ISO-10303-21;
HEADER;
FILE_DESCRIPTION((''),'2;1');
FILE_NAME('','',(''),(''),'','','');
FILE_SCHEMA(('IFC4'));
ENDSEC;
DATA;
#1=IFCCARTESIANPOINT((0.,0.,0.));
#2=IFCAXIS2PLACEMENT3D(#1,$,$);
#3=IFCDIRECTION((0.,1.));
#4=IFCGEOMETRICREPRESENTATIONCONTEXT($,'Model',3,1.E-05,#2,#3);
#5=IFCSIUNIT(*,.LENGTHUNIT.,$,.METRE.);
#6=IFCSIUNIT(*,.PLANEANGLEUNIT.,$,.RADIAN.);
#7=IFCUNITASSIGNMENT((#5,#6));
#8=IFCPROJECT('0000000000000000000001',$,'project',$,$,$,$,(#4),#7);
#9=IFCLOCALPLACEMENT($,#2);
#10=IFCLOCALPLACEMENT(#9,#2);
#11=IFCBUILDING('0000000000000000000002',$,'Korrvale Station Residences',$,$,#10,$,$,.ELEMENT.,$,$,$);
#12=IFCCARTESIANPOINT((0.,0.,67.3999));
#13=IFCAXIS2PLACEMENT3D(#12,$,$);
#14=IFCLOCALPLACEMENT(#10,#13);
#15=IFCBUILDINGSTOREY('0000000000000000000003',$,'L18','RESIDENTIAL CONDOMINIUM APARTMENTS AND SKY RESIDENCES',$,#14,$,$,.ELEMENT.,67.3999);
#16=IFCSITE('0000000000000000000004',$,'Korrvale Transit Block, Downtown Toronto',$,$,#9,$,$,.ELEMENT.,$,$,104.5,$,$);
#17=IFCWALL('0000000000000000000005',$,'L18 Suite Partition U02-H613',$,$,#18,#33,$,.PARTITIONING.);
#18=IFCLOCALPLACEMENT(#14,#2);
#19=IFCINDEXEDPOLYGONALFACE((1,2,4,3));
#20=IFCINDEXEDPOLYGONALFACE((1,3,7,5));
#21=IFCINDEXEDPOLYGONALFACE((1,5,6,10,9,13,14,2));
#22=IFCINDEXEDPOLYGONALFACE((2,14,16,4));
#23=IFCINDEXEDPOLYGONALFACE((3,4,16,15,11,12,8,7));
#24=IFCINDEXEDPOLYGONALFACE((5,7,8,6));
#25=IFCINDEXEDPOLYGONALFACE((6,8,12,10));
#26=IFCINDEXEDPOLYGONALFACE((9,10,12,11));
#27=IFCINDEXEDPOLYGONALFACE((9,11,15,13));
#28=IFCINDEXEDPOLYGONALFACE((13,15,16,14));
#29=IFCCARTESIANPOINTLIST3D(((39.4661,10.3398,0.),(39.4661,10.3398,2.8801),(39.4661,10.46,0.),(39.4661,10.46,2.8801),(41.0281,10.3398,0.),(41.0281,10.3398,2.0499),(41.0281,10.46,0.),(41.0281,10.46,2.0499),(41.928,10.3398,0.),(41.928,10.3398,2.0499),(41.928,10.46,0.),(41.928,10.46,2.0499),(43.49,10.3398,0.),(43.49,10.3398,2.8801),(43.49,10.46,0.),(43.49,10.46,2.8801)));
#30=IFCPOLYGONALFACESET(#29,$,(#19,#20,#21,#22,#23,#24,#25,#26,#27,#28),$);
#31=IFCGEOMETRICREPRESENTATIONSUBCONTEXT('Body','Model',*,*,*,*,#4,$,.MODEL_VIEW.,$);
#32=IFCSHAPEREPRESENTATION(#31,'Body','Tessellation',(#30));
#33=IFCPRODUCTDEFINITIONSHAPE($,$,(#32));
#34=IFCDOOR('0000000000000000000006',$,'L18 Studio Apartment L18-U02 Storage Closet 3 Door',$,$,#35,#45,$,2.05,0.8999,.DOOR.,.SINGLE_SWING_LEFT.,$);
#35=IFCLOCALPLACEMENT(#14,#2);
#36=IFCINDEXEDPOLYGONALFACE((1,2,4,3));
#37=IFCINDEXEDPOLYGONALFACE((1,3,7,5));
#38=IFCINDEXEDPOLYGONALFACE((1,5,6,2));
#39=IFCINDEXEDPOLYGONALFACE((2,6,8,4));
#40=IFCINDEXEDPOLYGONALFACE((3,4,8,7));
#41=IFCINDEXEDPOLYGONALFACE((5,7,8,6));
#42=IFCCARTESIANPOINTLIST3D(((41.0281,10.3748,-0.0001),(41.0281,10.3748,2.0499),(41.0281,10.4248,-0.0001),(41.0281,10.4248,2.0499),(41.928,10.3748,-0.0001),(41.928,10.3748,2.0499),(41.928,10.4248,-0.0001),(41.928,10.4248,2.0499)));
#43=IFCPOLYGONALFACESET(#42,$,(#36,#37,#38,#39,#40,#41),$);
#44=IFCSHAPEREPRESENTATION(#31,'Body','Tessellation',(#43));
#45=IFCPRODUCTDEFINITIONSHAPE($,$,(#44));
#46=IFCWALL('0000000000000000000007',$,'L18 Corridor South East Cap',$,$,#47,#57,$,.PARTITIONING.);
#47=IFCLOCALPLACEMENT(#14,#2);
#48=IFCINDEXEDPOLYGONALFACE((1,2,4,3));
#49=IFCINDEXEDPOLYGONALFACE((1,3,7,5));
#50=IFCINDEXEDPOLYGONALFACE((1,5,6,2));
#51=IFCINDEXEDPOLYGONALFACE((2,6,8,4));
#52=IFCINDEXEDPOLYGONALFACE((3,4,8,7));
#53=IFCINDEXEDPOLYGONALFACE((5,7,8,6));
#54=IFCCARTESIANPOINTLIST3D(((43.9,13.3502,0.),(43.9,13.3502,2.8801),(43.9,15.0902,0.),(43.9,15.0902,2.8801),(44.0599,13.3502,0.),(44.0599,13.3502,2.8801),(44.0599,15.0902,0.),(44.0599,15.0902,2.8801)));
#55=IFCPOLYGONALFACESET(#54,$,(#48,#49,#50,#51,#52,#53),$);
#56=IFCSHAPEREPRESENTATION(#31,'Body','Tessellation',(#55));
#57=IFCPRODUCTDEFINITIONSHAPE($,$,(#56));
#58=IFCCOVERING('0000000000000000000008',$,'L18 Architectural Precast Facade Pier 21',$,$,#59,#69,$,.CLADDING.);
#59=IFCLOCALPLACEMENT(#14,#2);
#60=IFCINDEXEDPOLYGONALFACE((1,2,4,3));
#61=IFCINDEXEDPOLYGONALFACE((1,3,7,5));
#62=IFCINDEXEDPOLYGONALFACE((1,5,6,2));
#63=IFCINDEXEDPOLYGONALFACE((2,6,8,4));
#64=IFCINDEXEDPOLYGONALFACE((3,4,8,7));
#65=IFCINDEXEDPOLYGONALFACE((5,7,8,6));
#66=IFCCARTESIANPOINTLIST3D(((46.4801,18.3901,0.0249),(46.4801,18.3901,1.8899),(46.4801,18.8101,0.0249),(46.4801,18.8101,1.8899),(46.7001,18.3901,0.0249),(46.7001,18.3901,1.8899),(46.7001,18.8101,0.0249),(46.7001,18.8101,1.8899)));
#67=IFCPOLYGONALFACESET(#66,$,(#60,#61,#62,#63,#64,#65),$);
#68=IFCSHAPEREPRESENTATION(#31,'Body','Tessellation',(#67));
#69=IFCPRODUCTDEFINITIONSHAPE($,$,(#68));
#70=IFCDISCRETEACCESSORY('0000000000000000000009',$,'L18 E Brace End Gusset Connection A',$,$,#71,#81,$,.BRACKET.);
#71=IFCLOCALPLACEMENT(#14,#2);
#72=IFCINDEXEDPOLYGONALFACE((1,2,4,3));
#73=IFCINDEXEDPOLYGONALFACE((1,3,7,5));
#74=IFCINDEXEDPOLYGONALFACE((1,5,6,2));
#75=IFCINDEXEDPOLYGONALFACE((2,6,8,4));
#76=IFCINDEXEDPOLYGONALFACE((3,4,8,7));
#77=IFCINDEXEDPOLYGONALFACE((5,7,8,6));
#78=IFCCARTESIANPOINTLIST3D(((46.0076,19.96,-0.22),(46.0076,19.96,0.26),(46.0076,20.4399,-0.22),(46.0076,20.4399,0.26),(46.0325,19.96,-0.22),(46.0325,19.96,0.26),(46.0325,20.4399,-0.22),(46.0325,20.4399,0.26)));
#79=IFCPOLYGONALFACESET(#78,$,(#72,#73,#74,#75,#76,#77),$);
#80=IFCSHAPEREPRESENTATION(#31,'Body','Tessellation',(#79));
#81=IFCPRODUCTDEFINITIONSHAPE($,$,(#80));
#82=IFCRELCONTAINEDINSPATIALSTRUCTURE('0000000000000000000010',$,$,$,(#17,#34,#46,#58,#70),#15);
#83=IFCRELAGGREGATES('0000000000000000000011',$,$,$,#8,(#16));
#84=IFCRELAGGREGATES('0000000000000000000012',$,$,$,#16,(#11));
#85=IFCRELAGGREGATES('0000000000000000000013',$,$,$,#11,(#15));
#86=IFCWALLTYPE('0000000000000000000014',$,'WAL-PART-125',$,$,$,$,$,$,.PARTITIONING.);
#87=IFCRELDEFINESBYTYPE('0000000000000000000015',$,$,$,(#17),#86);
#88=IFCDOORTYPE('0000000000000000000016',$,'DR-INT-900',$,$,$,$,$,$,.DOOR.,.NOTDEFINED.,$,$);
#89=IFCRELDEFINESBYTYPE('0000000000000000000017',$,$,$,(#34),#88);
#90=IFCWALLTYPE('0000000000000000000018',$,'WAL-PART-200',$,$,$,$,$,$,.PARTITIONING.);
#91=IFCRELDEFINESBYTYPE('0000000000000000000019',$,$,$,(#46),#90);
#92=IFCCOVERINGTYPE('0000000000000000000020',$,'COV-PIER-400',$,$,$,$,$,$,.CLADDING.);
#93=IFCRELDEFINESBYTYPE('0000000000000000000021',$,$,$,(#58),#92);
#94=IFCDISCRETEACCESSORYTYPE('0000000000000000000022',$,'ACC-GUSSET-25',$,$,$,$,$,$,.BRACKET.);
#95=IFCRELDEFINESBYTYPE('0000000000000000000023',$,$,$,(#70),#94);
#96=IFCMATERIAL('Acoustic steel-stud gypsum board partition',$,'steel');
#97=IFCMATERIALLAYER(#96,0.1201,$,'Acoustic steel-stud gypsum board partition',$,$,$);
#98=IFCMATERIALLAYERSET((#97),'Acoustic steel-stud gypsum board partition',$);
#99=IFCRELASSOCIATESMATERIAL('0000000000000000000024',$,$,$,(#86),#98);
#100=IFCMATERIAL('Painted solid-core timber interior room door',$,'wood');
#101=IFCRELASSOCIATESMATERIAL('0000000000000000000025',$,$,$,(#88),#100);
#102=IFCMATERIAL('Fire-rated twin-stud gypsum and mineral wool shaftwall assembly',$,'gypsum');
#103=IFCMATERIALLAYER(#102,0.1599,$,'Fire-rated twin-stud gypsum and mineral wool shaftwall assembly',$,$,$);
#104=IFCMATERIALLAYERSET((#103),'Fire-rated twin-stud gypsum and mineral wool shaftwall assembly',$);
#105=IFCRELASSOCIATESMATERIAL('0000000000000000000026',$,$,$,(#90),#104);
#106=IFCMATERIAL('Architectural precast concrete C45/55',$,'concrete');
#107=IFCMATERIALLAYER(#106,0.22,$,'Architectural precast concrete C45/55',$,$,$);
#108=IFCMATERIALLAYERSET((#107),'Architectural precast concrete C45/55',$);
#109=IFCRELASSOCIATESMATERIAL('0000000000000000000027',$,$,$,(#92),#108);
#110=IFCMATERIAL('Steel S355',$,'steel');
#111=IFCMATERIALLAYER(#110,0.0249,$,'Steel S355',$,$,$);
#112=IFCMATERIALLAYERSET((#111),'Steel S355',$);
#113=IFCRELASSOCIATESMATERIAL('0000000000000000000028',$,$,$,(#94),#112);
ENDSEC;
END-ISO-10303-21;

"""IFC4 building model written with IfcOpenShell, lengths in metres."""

from ifc_helpers import new_model, si_unit, direction, frame, frame_2d, origin, origin_2d, place, context, subcontext, project, spatial, rectangle, extrude, material, layer, layer_set, type_object, element, fill, save


model = new_model("IFC4")

# Units and contexts
model_context = context("Model", 3, precision=1e-05, world=origin(), true_north=direction((0.0, 1.0)))
body_context = subcontext(model_context, "Body", "Model", "MODEL_VIEW")
ifc_project = project(units=[si_unit("LENGTHUNIT", "METRE"), si_unit("PLANEANGLEUNIT", "RADIAN")], contexts=[model_context])

# Site, building, storey
site_placement = place(None, origin())
site = spatial("IfcSite", under=ifc_project, at=site_placement, Name="Korrvale Transit Block, Downtown Toronto", CompositionType="ELEMENT", RefElevation=104.5)
building_placement = place(site_placement, origin())
building = spatial("IfcBuilding", under=site, at=building_placement, Name="Korrvale Station Residences", CompositionType="ELEMENT")
storey_placement = place(building_placement, frame((0.0, 0.0, 67.3999)))
storey = spatial("IfcBuildingStorey", under=building, at=storey_placement, Name="L18", Description="RESIDENTIAL CONDOMINIUM APARTMENTS AND SKY RESIDENCES", CompositionType="ELEMENT", Elevation=67.3999)

# Shared definitions
ifc_material_1 = material(Name="Steel S355", Category="steel")

# Wall, opening, door
ifc_material_2 = material(Name="Acoustic steel-stud gypsum board partition", Category="steel")
ifc_layer_1 = layer(ifc_material_2, 0.1201, Name="Acoustic steel-stud gypsum board partition")
ifc_layer_set_1 = layer_set([ifc_layer_1], Name="Acoustic steel-stud gypsum board partition")
wall_type_1 = type_object("IfcWallType", Name="WAL-PART-125", PredefinedType="PARTITIONING", material=ifc_layer_set_1)
ifc_material_3 = material(Name="Painted solid-core timber interior room door", Category="wood")
door_type = type_object("IfcDoorType", Name="DR-INT-900", OperationType="NOTDEFINED", PredefinedType="DOOR", material=ifc_material_3)
wall_1_placement = place(storey_placement, frame((39.4661, 10.3999, 0.0), z_axis=(0.0, 0.0, 1.0), x_axis=(1.0, 0.0, 0.0)))
wall_1 = element("IfcWall", 1, at=wall_1_placement, inside=storey, type_object=wall_type_1, Name="L18 Suite Partition U02-H613", PredefinedType="PARTITIONING", context=body_context, shape_type="SweptSolid", body=[
    extrude(rectangle(XDim=4.0239, YDim=0.1201, at=frame_2d((2.012, 0.0))), origin(), (0.0, 0.0, 1.0), 2.8801),
])
opening_1_placement = place(wall_1_placement, frame((1.562, 0.0, 0.0)))
opening_1 = element("IfcOpeningElement", 2, at=opening_1_placement, cuts=wall_1, PredefinedType="OPENING", context=body_context, shape_type="SweptSolid", body=[
    extrude(rectangle(XDim=0.8999, YDim=2.05, at=frame_2d((0.45, 1.0249))), frame((0.0, 0.0701, 0.0), z_axis=(0.0, -1.0, 0.0), x_axis=(1.0, 0.0, 0.0)), (0.0, 0.0, 1.0), 0.1401),
])
door_1_placement = place(opening_1_placement, origin())
door_1 = element("IfcDoor", 3, at=door_1_placement, inside=storey, type_object=door_type, Name="L18 Studio Apartment L18-U02 Storage Closet 3 Door", OperationType="SINGLE_SWING_LEFT", OverallHeight=2.05, OverallWidth=0.8999, PredefinedType="DOOR", context=body_context, shape_type="SweptSolid", body=[
    extrude(rectangle(XDim=0.8999, YDim=2.05, at=frame_2d((0.45, 1.0249))), frame((0.0, 0.0249, 0.0), z_axis=(0.0, -1.0, 0.0), x_axis=(1.0, 0.0, 0.0)), (0.0, 0.0, 1.0), 0.05),
])
fill(opening_1, door_1)

# Wall
ifc_material_4 = material(Name="Fire-rated twin-stud gypsum and mineral wool shaftwall assembly", Category="gypsum")
ifc_layer_2 = layer(ifc_material_4, 0.1599, Name="Fire-rated twin-stud gypsum and mineral wool shaftwall assembly")
ifc_layer_set_2 = layer_set([ifc_layer_2], Name="Fire-rated twin-stud gypsum and mineral wool shaftwall assembly")
wall_type_2 = type_object("IfcWallType", Name="WAL-PART-200", PredefinedType="PARTITIONING", material=ifc_layer_set_2)
wall_2_placement = place(storey_placement, frame((43.98, 13.3501, 0.0), z_axis=(0.0, 0.0, 1.0), x_axis=(0.0, 1.0, 0.0)))
element("IfcWall", 4, at=wall_2_placement, inside=storey, type_object=wall_type_2, Name="L18 Corridor South East Cap", PredefinedType="PARTITIONING", context=body_context, shape_type="SweptSolid", body=[
    extrude(rectangle(XDim=1.74, YDim=0.1599, at=frame_2d((0.8701, 0.0))), origin(), (0.0, 0.0, 1.0), 2.8801),
])

# Covering
ifc_material_5 = material(Name="Architectural precast concrete C45/55", Category="concrete")
ifc_layer_3 = layer(ifc_material_5, 0.22, Name="Architectural precast concrete C45/55")
ifc_layer_set_3 = layer_set([ifc_layer_3], Name="Architectural precast concrete C45/55")
covering_type = type_object("IfcCoveringType", Name="COV-PIER-400", PredefinedType="CLADDING", material=ifc_layer_set_3)
covering_placement = place(storey_placement, frame((46.5901, 18.6001, 0.0249), z_axis=(0.0, 0.0, 1.0), x_axis=(0.0, 1.0, 0.0)))
element("IfcCovering", 5, at=covering_placement, inside=storey, type_object=covering_type, Name="L18 Architectural Precast Facade Pier 21", PredefinedType="CLADDING", context=body_context, shape_type="SweptSolid", body=[
    extrude(rectangle(XDim=0.4199, YDim=0.22, at=origin_2d()), origin(), (0.0, 0.0, 1.0), 1.865),
])

# Discrete accessory
ifc_layer_4 = layer(ifc_material_1, 0.0249, Name="Steel S355")
ifc_layer_set_4 = layer_set([ifc_layer_4], Name="Steel S355")
discrete_accessory_type = type_object("IfcDiscreteAccessoryType", Name="ACC-GUSSET-25", PredefinedType="BRACKET", material=ifc_layer_set_4)
discrete_accessory_placement = place(storey_placement, frame((46.02, 20.2, -0.22), z_axis=(0.0, 0.0, 1.0), x_axis=(0.0, 1.0, 0.0)))
element("IfcDiscreteAccessory", 6, at=discrete_accessory_placement, inside=storey, type_object=discrete_accessory_type, Name="L18 E Brace End Gusset Connection A", PredefinedType="BRACKET", context=body_context, shape_type="SweptSolid", body=[
    extrude(rectangle(XDim=0.48, YDim=0.0249, at=origin_2d()), origin(), (0.0, 0.0, 1.0), 0.48),
])

save(model, "model.ifc")
